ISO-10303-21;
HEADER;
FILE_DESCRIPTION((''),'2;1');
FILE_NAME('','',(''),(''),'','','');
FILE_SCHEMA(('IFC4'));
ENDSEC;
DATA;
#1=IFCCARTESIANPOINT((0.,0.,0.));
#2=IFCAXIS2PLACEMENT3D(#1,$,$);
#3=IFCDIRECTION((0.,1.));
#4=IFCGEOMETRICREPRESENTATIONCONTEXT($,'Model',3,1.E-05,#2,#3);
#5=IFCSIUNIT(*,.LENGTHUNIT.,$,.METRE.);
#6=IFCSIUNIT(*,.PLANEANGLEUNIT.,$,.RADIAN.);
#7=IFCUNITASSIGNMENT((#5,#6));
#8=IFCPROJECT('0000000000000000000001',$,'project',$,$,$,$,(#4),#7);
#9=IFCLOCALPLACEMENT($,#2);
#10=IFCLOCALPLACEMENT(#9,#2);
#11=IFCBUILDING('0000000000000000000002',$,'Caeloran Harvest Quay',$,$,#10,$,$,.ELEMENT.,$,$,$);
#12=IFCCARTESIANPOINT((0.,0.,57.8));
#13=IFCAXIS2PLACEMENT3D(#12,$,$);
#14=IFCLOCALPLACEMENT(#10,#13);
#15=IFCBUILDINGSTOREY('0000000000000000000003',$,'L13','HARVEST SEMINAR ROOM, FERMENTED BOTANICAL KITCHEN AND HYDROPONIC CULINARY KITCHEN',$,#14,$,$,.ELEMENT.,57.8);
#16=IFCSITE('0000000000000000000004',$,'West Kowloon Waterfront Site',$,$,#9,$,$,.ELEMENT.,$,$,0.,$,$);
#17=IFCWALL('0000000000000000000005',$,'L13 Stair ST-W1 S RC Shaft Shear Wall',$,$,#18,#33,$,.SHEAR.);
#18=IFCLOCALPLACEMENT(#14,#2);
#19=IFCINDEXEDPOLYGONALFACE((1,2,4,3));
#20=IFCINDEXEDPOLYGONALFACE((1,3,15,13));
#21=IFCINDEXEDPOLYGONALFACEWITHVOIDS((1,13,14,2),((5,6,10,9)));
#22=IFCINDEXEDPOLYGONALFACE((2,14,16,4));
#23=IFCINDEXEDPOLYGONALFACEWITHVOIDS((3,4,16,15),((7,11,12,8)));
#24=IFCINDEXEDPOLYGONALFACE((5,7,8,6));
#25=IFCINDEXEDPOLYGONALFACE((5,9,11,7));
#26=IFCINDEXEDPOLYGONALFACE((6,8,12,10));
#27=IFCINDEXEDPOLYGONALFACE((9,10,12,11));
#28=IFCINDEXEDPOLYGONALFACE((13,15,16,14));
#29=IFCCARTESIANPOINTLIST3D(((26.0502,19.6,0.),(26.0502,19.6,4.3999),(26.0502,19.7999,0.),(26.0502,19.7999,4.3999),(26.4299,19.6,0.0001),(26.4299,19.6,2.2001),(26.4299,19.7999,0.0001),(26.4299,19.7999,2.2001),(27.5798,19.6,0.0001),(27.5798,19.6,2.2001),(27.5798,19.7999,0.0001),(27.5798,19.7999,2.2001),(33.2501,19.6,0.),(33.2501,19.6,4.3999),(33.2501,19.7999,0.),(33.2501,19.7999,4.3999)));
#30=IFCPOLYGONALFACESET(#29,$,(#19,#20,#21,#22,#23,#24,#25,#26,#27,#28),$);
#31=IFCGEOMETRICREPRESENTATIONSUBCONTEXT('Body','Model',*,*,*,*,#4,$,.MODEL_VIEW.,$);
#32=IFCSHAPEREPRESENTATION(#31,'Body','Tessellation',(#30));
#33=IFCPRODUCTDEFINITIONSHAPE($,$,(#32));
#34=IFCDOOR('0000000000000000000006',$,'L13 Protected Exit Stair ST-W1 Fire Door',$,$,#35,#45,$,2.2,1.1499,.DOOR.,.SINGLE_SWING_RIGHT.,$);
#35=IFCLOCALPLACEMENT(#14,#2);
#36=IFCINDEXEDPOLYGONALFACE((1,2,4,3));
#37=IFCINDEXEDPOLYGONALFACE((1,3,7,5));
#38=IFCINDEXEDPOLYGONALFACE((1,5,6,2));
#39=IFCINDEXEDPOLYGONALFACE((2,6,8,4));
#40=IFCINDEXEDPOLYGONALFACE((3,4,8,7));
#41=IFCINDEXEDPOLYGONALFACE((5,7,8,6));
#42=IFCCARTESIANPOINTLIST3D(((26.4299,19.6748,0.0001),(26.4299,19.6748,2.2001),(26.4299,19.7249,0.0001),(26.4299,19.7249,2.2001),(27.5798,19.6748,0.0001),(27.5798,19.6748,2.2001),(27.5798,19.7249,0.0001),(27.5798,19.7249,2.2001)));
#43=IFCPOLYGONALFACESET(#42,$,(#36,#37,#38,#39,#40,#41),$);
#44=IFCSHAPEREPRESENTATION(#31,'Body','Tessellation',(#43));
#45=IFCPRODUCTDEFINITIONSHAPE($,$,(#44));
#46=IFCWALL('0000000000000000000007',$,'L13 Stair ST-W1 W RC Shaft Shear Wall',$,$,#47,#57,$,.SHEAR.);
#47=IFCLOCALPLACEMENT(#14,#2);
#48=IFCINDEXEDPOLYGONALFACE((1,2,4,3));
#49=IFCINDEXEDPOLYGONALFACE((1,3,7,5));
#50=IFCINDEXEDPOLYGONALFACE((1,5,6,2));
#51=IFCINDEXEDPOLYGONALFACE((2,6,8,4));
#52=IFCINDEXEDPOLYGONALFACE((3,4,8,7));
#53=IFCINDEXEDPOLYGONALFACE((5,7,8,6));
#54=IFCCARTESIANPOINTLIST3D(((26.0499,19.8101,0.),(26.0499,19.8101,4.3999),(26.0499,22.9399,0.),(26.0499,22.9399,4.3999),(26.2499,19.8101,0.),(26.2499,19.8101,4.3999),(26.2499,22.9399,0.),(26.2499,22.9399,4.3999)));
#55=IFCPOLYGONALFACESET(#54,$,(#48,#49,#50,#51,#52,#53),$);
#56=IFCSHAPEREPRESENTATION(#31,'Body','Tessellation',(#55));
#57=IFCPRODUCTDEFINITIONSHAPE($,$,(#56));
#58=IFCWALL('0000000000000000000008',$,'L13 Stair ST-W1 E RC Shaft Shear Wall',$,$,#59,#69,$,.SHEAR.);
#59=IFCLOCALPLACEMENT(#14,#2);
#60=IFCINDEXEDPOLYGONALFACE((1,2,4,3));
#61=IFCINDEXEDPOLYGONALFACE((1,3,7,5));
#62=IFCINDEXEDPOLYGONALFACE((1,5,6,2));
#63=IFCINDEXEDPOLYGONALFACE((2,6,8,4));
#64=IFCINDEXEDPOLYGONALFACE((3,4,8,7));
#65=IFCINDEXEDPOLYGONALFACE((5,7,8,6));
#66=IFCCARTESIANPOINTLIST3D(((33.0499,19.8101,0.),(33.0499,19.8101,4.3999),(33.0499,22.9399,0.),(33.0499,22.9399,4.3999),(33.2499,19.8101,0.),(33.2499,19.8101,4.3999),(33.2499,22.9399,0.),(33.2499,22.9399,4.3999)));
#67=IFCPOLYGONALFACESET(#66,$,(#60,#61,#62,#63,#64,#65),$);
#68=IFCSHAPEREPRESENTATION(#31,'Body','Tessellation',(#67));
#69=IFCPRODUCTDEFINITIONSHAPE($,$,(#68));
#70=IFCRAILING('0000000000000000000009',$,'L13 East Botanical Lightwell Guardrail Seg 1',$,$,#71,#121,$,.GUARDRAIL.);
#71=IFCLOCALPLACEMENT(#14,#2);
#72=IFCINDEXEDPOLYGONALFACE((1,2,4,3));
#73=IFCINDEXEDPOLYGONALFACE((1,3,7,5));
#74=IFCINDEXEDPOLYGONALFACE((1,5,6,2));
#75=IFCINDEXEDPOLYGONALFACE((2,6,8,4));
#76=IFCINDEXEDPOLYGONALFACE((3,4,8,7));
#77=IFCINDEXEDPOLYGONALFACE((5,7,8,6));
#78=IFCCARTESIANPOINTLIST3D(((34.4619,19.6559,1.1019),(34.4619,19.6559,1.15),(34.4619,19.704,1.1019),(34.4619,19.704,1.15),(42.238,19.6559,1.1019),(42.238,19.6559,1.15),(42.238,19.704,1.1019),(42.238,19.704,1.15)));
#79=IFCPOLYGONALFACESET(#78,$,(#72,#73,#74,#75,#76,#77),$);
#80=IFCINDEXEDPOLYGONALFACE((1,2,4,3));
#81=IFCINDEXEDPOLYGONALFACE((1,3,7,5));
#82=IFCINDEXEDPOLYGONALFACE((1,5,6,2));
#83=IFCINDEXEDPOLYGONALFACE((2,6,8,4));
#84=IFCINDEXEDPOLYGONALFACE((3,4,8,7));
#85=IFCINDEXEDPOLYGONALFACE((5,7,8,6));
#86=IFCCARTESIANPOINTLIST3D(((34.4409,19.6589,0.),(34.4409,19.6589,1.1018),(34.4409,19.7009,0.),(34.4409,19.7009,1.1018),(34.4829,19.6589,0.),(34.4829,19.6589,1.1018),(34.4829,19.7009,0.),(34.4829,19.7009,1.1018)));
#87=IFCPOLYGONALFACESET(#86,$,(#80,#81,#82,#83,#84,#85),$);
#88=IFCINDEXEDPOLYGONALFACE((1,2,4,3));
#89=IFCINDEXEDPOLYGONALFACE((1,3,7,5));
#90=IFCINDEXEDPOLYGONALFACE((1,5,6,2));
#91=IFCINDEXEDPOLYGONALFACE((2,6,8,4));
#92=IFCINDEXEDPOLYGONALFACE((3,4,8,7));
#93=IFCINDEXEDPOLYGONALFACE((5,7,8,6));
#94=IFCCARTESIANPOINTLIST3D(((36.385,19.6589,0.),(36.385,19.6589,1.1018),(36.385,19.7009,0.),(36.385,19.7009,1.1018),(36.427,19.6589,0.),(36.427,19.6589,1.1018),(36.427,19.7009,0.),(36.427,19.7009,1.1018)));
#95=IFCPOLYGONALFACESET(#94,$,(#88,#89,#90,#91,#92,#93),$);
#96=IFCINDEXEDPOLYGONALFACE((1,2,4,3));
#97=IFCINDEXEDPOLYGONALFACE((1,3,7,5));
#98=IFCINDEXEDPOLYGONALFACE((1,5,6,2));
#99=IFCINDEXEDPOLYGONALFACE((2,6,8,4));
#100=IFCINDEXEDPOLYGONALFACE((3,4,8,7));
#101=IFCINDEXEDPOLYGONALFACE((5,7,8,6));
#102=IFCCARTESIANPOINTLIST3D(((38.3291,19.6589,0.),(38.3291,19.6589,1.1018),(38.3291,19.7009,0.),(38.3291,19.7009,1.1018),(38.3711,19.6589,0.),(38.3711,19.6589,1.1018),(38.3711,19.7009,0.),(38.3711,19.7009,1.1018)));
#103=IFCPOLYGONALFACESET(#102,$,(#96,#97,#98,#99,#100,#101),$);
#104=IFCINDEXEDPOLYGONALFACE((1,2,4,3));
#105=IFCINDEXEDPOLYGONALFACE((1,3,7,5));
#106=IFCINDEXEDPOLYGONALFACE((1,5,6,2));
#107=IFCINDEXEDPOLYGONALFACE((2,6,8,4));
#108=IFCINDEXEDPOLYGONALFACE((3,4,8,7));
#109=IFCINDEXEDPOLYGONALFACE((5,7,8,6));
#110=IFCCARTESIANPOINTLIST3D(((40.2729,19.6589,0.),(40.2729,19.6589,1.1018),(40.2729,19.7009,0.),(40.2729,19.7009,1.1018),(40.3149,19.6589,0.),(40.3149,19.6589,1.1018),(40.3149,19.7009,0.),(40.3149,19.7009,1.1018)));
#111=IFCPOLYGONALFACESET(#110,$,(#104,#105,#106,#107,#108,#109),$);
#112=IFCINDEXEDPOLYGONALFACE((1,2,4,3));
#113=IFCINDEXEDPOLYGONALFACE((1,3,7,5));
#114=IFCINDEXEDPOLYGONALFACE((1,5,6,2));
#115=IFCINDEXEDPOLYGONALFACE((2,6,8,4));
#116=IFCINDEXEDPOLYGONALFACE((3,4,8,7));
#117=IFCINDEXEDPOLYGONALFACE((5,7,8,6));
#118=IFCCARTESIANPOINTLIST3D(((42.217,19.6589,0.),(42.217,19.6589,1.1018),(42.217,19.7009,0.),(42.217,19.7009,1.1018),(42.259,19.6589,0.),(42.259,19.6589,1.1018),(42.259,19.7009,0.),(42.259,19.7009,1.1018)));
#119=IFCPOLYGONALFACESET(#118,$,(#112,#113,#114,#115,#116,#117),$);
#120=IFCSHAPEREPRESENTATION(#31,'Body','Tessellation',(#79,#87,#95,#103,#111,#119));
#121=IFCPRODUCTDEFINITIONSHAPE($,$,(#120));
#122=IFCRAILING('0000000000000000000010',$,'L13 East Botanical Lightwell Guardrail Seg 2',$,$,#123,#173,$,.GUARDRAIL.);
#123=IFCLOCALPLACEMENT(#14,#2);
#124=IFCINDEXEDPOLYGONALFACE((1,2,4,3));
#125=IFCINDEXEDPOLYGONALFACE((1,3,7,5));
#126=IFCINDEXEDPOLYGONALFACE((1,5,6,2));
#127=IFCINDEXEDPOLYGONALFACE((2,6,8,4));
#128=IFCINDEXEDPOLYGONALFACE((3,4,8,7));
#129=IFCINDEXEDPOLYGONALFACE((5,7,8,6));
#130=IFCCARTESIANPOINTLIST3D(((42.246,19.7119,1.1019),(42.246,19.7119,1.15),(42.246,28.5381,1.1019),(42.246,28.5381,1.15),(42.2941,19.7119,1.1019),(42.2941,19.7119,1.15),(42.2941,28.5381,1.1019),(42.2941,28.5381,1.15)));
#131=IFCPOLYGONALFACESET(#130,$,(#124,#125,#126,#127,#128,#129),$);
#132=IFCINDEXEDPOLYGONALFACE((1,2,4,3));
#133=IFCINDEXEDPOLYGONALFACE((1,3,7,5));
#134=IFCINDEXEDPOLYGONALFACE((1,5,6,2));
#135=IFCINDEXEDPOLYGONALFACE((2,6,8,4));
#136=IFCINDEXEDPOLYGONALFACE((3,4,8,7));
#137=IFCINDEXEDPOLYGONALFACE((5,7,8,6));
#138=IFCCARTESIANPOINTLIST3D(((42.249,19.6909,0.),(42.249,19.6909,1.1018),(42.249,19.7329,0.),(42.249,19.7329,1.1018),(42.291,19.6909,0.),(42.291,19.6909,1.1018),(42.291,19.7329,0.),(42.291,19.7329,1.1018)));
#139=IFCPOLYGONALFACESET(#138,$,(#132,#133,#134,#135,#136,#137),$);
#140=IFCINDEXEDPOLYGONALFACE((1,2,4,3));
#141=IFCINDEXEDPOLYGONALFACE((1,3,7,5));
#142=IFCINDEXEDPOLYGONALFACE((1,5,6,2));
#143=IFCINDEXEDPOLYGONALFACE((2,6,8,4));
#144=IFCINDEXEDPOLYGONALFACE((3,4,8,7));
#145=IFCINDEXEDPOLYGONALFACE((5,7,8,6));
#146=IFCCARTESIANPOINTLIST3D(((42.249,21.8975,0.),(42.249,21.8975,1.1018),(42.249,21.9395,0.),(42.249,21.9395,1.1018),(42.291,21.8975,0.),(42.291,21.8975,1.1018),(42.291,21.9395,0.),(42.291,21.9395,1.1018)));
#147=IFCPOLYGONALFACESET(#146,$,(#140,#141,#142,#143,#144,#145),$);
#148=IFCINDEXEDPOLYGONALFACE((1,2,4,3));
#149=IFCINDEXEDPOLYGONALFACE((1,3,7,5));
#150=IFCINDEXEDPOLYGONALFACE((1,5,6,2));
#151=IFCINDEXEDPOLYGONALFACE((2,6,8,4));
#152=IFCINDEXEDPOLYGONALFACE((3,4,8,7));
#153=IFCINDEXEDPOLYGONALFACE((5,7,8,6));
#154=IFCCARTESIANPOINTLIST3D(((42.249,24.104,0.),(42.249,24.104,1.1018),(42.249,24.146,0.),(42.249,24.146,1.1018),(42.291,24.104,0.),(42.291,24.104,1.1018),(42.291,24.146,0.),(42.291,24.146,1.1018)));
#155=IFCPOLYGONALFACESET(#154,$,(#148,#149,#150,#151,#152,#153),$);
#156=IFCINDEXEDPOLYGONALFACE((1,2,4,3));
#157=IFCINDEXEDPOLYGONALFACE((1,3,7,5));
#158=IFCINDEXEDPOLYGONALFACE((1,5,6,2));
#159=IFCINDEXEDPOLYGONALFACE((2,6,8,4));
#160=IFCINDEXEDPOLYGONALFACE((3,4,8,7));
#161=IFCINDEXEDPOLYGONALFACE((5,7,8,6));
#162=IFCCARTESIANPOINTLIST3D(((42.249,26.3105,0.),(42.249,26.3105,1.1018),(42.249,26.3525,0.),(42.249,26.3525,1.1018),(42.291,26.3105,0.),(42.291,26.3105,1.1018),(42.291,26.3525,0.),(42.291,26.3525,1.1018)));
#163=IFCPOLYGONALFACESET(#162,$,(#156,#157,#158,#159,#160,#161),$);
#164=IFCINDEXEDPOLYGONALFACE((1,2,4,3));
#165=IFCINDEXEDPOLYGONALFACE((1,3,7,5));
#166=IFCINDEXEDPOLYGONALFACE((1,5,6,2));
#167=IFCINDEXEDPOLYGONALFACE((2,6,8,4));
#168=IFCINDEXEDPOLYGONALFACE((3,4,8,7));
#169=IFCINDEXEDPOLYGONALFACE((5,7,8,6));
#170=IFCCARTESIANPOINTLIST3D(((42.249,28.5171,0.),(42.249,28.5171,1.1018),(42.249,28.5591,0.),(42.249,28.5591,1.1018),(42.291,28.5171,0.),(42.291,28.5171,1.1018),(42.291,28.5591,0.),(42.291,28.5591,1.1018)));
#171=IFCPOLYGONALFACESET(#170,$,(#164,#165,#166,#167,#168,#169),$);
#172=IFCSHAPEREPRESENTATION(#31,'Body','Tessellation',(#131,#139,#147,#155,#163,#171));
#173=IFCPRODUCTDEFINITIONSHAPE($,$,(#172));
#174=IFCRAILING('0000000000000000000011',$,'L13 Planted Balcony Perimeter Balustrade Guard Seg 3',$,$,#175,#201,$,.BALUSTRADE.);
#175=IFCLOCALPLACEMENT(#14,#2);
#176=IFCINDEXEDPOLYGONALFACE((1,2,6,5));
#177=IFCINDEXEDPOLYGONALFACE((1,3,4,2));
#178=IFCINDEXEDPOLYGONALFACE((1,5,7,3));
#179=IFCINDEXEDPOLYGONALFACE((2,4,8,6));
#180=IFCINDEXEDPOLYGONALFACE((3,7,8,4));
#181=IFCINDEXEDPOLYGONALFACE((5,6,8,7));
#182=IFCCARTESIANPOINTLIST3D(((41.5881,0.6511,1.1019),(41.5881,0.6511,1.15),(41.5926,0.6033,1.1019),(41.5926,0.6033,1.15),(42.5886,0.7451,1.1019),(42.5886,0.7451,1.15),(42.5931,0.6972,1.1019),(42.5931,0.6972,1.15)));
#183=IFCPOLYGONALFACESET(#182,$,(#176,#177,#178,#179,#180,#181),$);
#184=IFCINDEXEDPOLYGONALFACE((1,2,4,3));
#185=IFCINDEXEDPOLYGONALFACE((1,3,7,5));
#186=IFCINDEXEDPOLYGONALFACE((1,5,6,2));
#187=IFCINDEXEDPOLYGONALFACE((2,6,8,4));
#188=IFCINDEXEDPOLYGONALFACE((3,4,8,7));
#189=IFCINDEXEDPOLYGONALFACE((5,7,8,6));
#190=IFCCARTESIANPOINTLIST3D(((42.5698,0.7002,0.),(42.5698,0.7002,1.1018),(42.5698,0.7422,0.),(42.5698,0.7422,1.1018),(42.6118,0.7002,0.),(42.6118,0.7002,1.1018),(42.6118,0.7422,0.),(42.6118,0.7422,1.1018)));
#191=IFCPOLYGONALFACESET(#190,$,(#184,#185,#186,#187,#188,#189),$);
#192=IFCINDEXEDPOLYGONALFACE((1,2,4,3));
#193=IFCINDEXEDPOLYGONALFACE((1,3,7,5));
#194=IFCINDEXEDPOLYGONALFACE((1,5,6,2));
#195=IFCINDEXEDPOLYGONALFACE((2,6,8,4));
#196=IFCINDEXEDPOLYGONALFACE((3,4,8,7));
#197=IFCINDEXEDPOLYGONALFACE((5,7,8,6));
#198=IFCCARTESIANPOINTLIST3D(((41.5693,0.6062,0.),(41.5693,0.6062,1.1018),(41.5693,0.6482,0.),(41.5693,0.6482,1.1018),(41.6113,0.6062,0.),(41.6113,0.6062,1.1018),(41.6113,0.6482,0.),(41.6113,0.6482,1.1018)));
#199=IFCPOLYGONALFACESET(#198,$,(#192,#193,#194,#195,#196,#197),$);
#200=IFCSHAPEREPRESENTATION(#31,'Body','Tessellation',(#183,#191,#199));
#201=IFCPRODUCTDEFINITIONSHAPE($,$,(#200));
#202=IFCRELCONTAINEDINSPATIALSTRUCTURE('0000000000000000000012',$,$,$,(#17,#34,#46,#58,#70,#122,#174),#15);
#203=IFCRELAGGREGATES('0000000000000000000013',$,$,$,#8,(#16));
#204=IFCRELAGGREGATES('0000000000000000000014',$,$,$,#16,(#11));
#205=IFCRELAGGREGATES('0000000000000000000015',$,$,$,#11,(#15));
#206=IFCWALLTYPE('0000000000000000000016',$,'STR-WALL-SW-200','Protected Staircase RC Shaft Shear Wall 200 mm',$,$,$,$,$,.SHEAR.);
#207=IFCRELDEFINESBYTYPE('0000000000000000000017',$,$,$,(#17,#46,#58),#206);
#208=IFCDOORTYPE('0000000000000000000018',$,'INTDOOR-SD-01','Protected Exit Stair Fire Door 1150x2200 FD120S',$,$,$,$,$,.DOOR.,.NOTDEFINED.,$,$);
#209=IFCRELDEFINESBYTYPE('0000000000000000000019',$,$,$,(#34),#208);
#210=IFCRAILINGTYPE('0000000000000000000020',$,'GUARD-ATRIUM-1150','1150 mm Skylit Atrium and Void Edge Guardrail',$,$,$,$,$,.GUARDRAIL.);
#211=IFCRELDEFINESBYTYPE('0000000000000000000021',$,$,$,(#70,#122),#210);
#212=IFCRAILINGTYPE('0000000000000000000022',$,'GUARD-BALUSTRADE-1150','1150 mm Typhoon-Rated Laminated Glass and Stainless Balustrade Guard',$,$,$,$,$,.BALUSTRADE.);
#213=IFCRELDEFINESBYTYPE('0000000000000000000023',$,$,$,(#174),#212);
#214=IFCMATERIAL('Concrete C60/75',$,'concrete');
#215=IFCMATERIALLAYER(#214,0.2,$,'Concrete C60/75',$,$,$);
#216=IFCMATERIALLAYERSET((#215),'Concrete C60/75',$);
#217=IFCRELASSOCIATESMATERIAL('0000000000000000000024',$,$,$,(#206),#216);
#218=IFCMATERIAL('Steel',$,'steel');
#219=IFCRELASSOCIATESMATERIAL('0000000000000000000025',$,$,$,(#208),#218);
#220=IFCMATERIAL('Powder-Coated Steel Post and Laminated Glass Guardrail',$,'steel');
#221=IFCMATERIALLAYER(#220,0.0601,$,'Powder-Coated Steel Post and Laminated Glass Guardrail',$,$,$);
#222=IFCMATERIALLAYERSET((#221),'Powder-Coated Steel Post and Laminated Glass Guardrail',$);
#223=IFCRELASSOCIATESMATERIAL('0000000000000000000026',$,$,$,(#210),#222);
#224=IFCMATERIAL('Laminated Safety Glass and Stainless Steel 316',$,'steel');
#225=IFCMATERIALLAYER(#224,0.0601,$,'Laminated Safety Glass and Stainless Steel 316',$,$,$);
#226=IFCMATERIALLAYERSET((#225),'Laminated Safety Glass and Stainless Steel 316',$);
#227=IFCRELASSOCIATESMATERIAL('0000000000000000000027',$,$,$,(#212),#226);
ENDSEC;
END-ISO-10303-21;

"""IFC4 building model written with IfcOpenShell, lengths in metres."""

from ifc_helpers import new_model, si_unit, direction, frame, frame_2d, origin, origin_2d, place, context, subcontext, project, spatial, rectangle, extrude, material, layer, layer_set, type_object, element, fill, save


model = new_model("IFC4")

# Units and contexts
model_context = context("Model", 3, precision=1e-05, world=origin(), true_north=direction((0.0, 1.0)))
body_context = subcontext(model_context, "Body", "Model", "MODEL_VIEW")
ifc_project = project(units=[si_unit("LENGTHUNIT", "METRE"), si_unit("PLANEANGLEUNIT", "RADIAN")], contexts=[model_context])

# Site, building, storey
site_placement = place(None, origin())
site = spatial("IfcSite", under=ifc_project, at=site_placement, Name="West Kowloon Waterfront Site", CompositionType="ELEMENT", RefElevation=0.0)
building_placement = place(site_placement, origin())
building = spatial("IfcBuilding", under=site, at=building_placement, Name="Caeloran Harvest Quay", CompositionType="ELEMENT")
storey_placement = place(building_placement, frame((0.0, 0.0, 57.8)))
storey = spatial("IfcBuildingStorey", under=building, at=storey_placement, Name="L13", Description="HARVEST SEMINAR ROOM, FERMENTED BOTANICAL KITCHEN AND HYDROPONIC CULINARY KITCHEN", CompositionType="ELEMENT", Elevation=57.8)

# Wall, opening, door
ifc_material_1 = material(Name="Concrete C60/75", Category="concrete")
ifc_layer_1 = layer(ifc_material_1, 0.2, Name="Concrete C60/75")
ifc_layer_set_1 = layer_set([ifc_layer_1], Name="Concrete C60/75")
wall_type_1 = type_object("IfcWallType", Name="STR-WALL-SW-200", Description="Protected Staircase RC Shaft Shear Wall 200 mm", PredefinedType="SHEAR", material=ifc_layer_set_1)
wall_1_placement = place(storey_placement, frame((26.05, 19.7, 0.0), z_axis=(0.0, 0.0, 1.0), x_axis=(1.0, 0.0, 0.0)))
wall_1 = element("IfcWall", 1, at=wall_1_placement, inside=storey, type_object=wall_type_1, Name="L13 Stair ST-W1 S RC Shaft Shear Wall", PredefinedType="SHEAR", context=body_context, shape_type="SweptSolid", body=[
    extrude(rectangle(XDim=7.2, YDim=0.2, at=frame_2d((3.6001, 0.0))), origin(), (0.0, 0.0, 1.0), 4.3999),
])
opening_1_placement = place(wall_1_placement, frame((0.3799, 0.0, 0.0)))
opening_1 = element("IfcOpeningElement", 2, at=opening_1_placement, cuts=wall_1, PredefinedType="OPENING", context=body_context, shape_type="SweptSolid", body=[
    extrude(rectangle(XDim=1.1499, YDim=2.2, at=frame_2d((0.575, 1.1001))), frame((0.0, 0.1099, 0.0), z_axis=(0.0, -1.0, 0.0), x_axis=(1.0, 0.0, 0.0)), (0.0, 0.0, 1.0), 0.22),
])
ifc_material_2 = material(Name="Steel", Category="steel")
door_type_1 = type_object("IfcDoorType", Name="INTDOOR-SD-01", Description="Protected Exit Stair Fire Door 1150x2200 FD120S", OperationType="NOTDEFINED", PredefinedType="DOOR", material=ifc_material_2)
door_1_placement = place(opening_1_placement, origin())
door_1 = element("IfcDoor", 3, at=door_1_placement, inside=storey, type_object=door_type_1, Name="L13 Protected Exit Stair ST-W1 Fire Door", OperationType="SINGLE_SWING_RIGHT", OverallHeight=2.2, OverallWidth=1.1499, PredefinedType="DOOR", context=body_context, shape_type="SweptSolid", body=[
    extrude(rectangle(XDim=1.1499, YDim=2.2, at=frame_2d((0.575, 1.1001))), frame((0.0, 0.0249, 0.0), z_axis=(0.0, -1.0, 0.0), x_axis=(1.0, 0.0, 0.0)), (0.0, 0.0, 1.0), 0.05),
])
fill(opening_1, door_1)

# Walls
for number, where, z_axis, x_axis, name in (
    (4, (26.1499, 19.8101, 0.0), (0.0, 0.0, 1.0), (0.0, 1.0, 0.0), "L13 Stair ST-W1 W RC Shaft Shear Wall"),
    (5, (33.1499, 19.8101, 0.0), (0.0, 0.0, 1.0), (0.0, 1.0, 0.0), "L13 Stair ST-W1 E RC Shaft Shear Wall"),
):
    element("IfcWall", number, at=place(storey_placement, frame(where, z_axis=z_axis, x_axis=x_axis)), inside=storey, type_object=wall_type_1, Name=name, PredefinedType="SHEAR", context=body_context, shape_type="SweptSolid", body=[
        extrude(rectangle(XDim=3.1299, YDim=0.2, at=frame_2d((1.5649, 0.0))), origin(), (0.0, 0.0, 1.0), 4.3999),
    ])

# Railings
ifc_material_3 = material(Name="Powder-Coated Steel Post and Laminated Glass Guardrail", Category="steel")
ifc_layer_2 = layer(ifc_material_3, 0.0601, Name="Powder-Coated Steel Post and Laminated Glass Guardrail")
ifc_layer_set_2 = layer_set([ifc_layer_2], Name="Powder-Coated Steel Post and Laminated Glass Guardrail")
railing_type_1 = type_object("IfcRailingType", Name="GUARD-ATRIUM-1150", Description="1150 mm Skylit Atrium and Void Edge Guardrail", PredefinedType="GUARDRAIL", material=ifc_layer_set_2)
railing_1_placement = place(storey_placement, frame((34.4619, 19.6799, 0.0)))
element("IfcRailing", 6, at=railing_1_placement, inside=storey, type_object=railing_type_1, Name="L13 East Botanical Lightwell Guardrail Seg 1", PredefinedType="GUARDRAIL", context=body_context, shape_type="SweptSolid", body=[
    extrude(rectangle(XDim=0.0481, YDim=0.0481, at=origin_2d()), frame((0.0, 0.0, 1.126), z_axis=(1.0, 0.0, 0.0), x_axis=(0.0, 1.0, 0.0)), (0.0, 0.0, 1.0), 7.7761),
    extrude(rectangle(XDim=0.042, YDim=0.042, at=origin_2d()), origin(), (0.0, 0.0, 1.0), 1.1018),
    extrude(rectangle(XDim=0.042, YDim=0.042, at=origin_2d()), frame((1.9441, 0.0, 0.0)), (0.0, 0.0, 1.0), 1.1018),
    extrude(rectangle(XDim=0.042, YDim=0.042, at=origin_2d()), frame((3.8882, 0.0, 0.0)), (0.0, 0.0, 1.0), 1.1018),
    extrude(rectangle(XDim=0.042, YDim=0.042, at=origin_2d()), frame((5.832, 0.0, 0.0)), (0.0, 0.0, 1.0), 1.1018),
    extrude(rectangle(XDim=0.042, YDim=0.042, at=origin_2d()), frame((7.7761, 0.0, 0.0)), (0.0, 0.0, 1.0), 1.1018),
])
railing_2_placement = place(storey_placement, frame((42.27, 19.7119, 0.0)))
element("IfcRailing", 7, at=railing_2_placement, inside=storey, type_object=railing_type_1, Name="L13 East Botanical Lightwell Guardrail Seg 2", PredefinedType="GUARDRAIL", context=body_context, shape_type="SweptSolid", body=[
    extrude(rectangle(XDim=0.0481, YDim=0.0481, at=origin_2d()), frame((0.0, 0.0, 1.126), z_axis=(0.0, 1.0, 0.0), x_axis=(-1.0, 0.0, 0.0)), (0.0, 0.0, 1.0), 8.8262),
    extrude(rectangle(XDim=0.042, YDim=0.042, at=origin_2d()), origin(), (0.0, 0.0, 1.0), 1.1018),
    extrude(rectangle(XDim=0.042, YDim=0.042, at=origin_2d()), frame((0.0, 2.2065, 0.0)), (0.0, 0.0, 1.0), 1.1018),
    extrude(rectangle(XDim=0.042, YDim=0.042, at=origin_2d()), frame((0.0, 4.4131, 0.0)), (0.0, 0.0, 1.0), 1.1018),
    extrude(rectangle(XDim=0.042, YDim=0.042, at=origin_2d()), frame((0.0, 6.6196, 0.0)), (0.0, 0.0, 1.0), 1.1018),
    extrude(rectangle(XDim=0.042, YDim=0.042, at=origin_2d()), frame((0.0, 8.8262, 0.0)), (0.0, 0.0, 1.0), 1.1018),
])
ifc_material_4 = material(Name="Laminated Safety Glass and Stainless Steel 316", Category="steel")
ifc_layer_3 = layer(ifc_material_4, 0.0601, Name="Laminated Safety Glass and Stainless Steel 316")
ifc_layer_set_3 = layer_set([ifc_layer_3], Name="Laminated Safety Glass and Stainless Steel 316")
railing_type_2 = type_object("IfcRailingType", Name="GUARD-BALUSTRADE-1150", Description="1150 mm Typhoon-Rated Laminated Glass and Stainless Balustrade Guard", PredefinedType="BALUSTRADE", material=ifc_layer_set_3)
railing_3_placement = place(storey_placement, frame((42.5908, 0.7212, 0.0)))
element("IfcRailing", 8, at=railing_3_placement, inside=storey, type_object=railing_type_2, Name="L13 Planted Balcony Perimeter Balustrade Guard Seg 3", PredefinedType="BALUSTRADE", context=body_context, shape_type="SweptSolid", body=[
    extrude(rectangle(XDim=0.0481, YDim=0.0481, at=origin_2d()), frame((0.0, 0.0, 1.126), z_axis=(-0.995616, -0.093536, 0.0), x_axis=(0.093536, -0.995616, 0.0)), (0.0, 0.0, 1.0), 1.0049),
    extrude(rectangle(XDim=0.042, YDim=0.042, at=origin_2d()), origin(), (0.0, 0.0, 1.0), 1.1018),
    extrude(rectangle(XDim=0.042, YDim=0.042, at=origin_2d()), frame((-1.0005, -0.094, 0.0)), (0.0, 0.0, 1.0), 1.1018),
])

save(model, "model.ifc")
